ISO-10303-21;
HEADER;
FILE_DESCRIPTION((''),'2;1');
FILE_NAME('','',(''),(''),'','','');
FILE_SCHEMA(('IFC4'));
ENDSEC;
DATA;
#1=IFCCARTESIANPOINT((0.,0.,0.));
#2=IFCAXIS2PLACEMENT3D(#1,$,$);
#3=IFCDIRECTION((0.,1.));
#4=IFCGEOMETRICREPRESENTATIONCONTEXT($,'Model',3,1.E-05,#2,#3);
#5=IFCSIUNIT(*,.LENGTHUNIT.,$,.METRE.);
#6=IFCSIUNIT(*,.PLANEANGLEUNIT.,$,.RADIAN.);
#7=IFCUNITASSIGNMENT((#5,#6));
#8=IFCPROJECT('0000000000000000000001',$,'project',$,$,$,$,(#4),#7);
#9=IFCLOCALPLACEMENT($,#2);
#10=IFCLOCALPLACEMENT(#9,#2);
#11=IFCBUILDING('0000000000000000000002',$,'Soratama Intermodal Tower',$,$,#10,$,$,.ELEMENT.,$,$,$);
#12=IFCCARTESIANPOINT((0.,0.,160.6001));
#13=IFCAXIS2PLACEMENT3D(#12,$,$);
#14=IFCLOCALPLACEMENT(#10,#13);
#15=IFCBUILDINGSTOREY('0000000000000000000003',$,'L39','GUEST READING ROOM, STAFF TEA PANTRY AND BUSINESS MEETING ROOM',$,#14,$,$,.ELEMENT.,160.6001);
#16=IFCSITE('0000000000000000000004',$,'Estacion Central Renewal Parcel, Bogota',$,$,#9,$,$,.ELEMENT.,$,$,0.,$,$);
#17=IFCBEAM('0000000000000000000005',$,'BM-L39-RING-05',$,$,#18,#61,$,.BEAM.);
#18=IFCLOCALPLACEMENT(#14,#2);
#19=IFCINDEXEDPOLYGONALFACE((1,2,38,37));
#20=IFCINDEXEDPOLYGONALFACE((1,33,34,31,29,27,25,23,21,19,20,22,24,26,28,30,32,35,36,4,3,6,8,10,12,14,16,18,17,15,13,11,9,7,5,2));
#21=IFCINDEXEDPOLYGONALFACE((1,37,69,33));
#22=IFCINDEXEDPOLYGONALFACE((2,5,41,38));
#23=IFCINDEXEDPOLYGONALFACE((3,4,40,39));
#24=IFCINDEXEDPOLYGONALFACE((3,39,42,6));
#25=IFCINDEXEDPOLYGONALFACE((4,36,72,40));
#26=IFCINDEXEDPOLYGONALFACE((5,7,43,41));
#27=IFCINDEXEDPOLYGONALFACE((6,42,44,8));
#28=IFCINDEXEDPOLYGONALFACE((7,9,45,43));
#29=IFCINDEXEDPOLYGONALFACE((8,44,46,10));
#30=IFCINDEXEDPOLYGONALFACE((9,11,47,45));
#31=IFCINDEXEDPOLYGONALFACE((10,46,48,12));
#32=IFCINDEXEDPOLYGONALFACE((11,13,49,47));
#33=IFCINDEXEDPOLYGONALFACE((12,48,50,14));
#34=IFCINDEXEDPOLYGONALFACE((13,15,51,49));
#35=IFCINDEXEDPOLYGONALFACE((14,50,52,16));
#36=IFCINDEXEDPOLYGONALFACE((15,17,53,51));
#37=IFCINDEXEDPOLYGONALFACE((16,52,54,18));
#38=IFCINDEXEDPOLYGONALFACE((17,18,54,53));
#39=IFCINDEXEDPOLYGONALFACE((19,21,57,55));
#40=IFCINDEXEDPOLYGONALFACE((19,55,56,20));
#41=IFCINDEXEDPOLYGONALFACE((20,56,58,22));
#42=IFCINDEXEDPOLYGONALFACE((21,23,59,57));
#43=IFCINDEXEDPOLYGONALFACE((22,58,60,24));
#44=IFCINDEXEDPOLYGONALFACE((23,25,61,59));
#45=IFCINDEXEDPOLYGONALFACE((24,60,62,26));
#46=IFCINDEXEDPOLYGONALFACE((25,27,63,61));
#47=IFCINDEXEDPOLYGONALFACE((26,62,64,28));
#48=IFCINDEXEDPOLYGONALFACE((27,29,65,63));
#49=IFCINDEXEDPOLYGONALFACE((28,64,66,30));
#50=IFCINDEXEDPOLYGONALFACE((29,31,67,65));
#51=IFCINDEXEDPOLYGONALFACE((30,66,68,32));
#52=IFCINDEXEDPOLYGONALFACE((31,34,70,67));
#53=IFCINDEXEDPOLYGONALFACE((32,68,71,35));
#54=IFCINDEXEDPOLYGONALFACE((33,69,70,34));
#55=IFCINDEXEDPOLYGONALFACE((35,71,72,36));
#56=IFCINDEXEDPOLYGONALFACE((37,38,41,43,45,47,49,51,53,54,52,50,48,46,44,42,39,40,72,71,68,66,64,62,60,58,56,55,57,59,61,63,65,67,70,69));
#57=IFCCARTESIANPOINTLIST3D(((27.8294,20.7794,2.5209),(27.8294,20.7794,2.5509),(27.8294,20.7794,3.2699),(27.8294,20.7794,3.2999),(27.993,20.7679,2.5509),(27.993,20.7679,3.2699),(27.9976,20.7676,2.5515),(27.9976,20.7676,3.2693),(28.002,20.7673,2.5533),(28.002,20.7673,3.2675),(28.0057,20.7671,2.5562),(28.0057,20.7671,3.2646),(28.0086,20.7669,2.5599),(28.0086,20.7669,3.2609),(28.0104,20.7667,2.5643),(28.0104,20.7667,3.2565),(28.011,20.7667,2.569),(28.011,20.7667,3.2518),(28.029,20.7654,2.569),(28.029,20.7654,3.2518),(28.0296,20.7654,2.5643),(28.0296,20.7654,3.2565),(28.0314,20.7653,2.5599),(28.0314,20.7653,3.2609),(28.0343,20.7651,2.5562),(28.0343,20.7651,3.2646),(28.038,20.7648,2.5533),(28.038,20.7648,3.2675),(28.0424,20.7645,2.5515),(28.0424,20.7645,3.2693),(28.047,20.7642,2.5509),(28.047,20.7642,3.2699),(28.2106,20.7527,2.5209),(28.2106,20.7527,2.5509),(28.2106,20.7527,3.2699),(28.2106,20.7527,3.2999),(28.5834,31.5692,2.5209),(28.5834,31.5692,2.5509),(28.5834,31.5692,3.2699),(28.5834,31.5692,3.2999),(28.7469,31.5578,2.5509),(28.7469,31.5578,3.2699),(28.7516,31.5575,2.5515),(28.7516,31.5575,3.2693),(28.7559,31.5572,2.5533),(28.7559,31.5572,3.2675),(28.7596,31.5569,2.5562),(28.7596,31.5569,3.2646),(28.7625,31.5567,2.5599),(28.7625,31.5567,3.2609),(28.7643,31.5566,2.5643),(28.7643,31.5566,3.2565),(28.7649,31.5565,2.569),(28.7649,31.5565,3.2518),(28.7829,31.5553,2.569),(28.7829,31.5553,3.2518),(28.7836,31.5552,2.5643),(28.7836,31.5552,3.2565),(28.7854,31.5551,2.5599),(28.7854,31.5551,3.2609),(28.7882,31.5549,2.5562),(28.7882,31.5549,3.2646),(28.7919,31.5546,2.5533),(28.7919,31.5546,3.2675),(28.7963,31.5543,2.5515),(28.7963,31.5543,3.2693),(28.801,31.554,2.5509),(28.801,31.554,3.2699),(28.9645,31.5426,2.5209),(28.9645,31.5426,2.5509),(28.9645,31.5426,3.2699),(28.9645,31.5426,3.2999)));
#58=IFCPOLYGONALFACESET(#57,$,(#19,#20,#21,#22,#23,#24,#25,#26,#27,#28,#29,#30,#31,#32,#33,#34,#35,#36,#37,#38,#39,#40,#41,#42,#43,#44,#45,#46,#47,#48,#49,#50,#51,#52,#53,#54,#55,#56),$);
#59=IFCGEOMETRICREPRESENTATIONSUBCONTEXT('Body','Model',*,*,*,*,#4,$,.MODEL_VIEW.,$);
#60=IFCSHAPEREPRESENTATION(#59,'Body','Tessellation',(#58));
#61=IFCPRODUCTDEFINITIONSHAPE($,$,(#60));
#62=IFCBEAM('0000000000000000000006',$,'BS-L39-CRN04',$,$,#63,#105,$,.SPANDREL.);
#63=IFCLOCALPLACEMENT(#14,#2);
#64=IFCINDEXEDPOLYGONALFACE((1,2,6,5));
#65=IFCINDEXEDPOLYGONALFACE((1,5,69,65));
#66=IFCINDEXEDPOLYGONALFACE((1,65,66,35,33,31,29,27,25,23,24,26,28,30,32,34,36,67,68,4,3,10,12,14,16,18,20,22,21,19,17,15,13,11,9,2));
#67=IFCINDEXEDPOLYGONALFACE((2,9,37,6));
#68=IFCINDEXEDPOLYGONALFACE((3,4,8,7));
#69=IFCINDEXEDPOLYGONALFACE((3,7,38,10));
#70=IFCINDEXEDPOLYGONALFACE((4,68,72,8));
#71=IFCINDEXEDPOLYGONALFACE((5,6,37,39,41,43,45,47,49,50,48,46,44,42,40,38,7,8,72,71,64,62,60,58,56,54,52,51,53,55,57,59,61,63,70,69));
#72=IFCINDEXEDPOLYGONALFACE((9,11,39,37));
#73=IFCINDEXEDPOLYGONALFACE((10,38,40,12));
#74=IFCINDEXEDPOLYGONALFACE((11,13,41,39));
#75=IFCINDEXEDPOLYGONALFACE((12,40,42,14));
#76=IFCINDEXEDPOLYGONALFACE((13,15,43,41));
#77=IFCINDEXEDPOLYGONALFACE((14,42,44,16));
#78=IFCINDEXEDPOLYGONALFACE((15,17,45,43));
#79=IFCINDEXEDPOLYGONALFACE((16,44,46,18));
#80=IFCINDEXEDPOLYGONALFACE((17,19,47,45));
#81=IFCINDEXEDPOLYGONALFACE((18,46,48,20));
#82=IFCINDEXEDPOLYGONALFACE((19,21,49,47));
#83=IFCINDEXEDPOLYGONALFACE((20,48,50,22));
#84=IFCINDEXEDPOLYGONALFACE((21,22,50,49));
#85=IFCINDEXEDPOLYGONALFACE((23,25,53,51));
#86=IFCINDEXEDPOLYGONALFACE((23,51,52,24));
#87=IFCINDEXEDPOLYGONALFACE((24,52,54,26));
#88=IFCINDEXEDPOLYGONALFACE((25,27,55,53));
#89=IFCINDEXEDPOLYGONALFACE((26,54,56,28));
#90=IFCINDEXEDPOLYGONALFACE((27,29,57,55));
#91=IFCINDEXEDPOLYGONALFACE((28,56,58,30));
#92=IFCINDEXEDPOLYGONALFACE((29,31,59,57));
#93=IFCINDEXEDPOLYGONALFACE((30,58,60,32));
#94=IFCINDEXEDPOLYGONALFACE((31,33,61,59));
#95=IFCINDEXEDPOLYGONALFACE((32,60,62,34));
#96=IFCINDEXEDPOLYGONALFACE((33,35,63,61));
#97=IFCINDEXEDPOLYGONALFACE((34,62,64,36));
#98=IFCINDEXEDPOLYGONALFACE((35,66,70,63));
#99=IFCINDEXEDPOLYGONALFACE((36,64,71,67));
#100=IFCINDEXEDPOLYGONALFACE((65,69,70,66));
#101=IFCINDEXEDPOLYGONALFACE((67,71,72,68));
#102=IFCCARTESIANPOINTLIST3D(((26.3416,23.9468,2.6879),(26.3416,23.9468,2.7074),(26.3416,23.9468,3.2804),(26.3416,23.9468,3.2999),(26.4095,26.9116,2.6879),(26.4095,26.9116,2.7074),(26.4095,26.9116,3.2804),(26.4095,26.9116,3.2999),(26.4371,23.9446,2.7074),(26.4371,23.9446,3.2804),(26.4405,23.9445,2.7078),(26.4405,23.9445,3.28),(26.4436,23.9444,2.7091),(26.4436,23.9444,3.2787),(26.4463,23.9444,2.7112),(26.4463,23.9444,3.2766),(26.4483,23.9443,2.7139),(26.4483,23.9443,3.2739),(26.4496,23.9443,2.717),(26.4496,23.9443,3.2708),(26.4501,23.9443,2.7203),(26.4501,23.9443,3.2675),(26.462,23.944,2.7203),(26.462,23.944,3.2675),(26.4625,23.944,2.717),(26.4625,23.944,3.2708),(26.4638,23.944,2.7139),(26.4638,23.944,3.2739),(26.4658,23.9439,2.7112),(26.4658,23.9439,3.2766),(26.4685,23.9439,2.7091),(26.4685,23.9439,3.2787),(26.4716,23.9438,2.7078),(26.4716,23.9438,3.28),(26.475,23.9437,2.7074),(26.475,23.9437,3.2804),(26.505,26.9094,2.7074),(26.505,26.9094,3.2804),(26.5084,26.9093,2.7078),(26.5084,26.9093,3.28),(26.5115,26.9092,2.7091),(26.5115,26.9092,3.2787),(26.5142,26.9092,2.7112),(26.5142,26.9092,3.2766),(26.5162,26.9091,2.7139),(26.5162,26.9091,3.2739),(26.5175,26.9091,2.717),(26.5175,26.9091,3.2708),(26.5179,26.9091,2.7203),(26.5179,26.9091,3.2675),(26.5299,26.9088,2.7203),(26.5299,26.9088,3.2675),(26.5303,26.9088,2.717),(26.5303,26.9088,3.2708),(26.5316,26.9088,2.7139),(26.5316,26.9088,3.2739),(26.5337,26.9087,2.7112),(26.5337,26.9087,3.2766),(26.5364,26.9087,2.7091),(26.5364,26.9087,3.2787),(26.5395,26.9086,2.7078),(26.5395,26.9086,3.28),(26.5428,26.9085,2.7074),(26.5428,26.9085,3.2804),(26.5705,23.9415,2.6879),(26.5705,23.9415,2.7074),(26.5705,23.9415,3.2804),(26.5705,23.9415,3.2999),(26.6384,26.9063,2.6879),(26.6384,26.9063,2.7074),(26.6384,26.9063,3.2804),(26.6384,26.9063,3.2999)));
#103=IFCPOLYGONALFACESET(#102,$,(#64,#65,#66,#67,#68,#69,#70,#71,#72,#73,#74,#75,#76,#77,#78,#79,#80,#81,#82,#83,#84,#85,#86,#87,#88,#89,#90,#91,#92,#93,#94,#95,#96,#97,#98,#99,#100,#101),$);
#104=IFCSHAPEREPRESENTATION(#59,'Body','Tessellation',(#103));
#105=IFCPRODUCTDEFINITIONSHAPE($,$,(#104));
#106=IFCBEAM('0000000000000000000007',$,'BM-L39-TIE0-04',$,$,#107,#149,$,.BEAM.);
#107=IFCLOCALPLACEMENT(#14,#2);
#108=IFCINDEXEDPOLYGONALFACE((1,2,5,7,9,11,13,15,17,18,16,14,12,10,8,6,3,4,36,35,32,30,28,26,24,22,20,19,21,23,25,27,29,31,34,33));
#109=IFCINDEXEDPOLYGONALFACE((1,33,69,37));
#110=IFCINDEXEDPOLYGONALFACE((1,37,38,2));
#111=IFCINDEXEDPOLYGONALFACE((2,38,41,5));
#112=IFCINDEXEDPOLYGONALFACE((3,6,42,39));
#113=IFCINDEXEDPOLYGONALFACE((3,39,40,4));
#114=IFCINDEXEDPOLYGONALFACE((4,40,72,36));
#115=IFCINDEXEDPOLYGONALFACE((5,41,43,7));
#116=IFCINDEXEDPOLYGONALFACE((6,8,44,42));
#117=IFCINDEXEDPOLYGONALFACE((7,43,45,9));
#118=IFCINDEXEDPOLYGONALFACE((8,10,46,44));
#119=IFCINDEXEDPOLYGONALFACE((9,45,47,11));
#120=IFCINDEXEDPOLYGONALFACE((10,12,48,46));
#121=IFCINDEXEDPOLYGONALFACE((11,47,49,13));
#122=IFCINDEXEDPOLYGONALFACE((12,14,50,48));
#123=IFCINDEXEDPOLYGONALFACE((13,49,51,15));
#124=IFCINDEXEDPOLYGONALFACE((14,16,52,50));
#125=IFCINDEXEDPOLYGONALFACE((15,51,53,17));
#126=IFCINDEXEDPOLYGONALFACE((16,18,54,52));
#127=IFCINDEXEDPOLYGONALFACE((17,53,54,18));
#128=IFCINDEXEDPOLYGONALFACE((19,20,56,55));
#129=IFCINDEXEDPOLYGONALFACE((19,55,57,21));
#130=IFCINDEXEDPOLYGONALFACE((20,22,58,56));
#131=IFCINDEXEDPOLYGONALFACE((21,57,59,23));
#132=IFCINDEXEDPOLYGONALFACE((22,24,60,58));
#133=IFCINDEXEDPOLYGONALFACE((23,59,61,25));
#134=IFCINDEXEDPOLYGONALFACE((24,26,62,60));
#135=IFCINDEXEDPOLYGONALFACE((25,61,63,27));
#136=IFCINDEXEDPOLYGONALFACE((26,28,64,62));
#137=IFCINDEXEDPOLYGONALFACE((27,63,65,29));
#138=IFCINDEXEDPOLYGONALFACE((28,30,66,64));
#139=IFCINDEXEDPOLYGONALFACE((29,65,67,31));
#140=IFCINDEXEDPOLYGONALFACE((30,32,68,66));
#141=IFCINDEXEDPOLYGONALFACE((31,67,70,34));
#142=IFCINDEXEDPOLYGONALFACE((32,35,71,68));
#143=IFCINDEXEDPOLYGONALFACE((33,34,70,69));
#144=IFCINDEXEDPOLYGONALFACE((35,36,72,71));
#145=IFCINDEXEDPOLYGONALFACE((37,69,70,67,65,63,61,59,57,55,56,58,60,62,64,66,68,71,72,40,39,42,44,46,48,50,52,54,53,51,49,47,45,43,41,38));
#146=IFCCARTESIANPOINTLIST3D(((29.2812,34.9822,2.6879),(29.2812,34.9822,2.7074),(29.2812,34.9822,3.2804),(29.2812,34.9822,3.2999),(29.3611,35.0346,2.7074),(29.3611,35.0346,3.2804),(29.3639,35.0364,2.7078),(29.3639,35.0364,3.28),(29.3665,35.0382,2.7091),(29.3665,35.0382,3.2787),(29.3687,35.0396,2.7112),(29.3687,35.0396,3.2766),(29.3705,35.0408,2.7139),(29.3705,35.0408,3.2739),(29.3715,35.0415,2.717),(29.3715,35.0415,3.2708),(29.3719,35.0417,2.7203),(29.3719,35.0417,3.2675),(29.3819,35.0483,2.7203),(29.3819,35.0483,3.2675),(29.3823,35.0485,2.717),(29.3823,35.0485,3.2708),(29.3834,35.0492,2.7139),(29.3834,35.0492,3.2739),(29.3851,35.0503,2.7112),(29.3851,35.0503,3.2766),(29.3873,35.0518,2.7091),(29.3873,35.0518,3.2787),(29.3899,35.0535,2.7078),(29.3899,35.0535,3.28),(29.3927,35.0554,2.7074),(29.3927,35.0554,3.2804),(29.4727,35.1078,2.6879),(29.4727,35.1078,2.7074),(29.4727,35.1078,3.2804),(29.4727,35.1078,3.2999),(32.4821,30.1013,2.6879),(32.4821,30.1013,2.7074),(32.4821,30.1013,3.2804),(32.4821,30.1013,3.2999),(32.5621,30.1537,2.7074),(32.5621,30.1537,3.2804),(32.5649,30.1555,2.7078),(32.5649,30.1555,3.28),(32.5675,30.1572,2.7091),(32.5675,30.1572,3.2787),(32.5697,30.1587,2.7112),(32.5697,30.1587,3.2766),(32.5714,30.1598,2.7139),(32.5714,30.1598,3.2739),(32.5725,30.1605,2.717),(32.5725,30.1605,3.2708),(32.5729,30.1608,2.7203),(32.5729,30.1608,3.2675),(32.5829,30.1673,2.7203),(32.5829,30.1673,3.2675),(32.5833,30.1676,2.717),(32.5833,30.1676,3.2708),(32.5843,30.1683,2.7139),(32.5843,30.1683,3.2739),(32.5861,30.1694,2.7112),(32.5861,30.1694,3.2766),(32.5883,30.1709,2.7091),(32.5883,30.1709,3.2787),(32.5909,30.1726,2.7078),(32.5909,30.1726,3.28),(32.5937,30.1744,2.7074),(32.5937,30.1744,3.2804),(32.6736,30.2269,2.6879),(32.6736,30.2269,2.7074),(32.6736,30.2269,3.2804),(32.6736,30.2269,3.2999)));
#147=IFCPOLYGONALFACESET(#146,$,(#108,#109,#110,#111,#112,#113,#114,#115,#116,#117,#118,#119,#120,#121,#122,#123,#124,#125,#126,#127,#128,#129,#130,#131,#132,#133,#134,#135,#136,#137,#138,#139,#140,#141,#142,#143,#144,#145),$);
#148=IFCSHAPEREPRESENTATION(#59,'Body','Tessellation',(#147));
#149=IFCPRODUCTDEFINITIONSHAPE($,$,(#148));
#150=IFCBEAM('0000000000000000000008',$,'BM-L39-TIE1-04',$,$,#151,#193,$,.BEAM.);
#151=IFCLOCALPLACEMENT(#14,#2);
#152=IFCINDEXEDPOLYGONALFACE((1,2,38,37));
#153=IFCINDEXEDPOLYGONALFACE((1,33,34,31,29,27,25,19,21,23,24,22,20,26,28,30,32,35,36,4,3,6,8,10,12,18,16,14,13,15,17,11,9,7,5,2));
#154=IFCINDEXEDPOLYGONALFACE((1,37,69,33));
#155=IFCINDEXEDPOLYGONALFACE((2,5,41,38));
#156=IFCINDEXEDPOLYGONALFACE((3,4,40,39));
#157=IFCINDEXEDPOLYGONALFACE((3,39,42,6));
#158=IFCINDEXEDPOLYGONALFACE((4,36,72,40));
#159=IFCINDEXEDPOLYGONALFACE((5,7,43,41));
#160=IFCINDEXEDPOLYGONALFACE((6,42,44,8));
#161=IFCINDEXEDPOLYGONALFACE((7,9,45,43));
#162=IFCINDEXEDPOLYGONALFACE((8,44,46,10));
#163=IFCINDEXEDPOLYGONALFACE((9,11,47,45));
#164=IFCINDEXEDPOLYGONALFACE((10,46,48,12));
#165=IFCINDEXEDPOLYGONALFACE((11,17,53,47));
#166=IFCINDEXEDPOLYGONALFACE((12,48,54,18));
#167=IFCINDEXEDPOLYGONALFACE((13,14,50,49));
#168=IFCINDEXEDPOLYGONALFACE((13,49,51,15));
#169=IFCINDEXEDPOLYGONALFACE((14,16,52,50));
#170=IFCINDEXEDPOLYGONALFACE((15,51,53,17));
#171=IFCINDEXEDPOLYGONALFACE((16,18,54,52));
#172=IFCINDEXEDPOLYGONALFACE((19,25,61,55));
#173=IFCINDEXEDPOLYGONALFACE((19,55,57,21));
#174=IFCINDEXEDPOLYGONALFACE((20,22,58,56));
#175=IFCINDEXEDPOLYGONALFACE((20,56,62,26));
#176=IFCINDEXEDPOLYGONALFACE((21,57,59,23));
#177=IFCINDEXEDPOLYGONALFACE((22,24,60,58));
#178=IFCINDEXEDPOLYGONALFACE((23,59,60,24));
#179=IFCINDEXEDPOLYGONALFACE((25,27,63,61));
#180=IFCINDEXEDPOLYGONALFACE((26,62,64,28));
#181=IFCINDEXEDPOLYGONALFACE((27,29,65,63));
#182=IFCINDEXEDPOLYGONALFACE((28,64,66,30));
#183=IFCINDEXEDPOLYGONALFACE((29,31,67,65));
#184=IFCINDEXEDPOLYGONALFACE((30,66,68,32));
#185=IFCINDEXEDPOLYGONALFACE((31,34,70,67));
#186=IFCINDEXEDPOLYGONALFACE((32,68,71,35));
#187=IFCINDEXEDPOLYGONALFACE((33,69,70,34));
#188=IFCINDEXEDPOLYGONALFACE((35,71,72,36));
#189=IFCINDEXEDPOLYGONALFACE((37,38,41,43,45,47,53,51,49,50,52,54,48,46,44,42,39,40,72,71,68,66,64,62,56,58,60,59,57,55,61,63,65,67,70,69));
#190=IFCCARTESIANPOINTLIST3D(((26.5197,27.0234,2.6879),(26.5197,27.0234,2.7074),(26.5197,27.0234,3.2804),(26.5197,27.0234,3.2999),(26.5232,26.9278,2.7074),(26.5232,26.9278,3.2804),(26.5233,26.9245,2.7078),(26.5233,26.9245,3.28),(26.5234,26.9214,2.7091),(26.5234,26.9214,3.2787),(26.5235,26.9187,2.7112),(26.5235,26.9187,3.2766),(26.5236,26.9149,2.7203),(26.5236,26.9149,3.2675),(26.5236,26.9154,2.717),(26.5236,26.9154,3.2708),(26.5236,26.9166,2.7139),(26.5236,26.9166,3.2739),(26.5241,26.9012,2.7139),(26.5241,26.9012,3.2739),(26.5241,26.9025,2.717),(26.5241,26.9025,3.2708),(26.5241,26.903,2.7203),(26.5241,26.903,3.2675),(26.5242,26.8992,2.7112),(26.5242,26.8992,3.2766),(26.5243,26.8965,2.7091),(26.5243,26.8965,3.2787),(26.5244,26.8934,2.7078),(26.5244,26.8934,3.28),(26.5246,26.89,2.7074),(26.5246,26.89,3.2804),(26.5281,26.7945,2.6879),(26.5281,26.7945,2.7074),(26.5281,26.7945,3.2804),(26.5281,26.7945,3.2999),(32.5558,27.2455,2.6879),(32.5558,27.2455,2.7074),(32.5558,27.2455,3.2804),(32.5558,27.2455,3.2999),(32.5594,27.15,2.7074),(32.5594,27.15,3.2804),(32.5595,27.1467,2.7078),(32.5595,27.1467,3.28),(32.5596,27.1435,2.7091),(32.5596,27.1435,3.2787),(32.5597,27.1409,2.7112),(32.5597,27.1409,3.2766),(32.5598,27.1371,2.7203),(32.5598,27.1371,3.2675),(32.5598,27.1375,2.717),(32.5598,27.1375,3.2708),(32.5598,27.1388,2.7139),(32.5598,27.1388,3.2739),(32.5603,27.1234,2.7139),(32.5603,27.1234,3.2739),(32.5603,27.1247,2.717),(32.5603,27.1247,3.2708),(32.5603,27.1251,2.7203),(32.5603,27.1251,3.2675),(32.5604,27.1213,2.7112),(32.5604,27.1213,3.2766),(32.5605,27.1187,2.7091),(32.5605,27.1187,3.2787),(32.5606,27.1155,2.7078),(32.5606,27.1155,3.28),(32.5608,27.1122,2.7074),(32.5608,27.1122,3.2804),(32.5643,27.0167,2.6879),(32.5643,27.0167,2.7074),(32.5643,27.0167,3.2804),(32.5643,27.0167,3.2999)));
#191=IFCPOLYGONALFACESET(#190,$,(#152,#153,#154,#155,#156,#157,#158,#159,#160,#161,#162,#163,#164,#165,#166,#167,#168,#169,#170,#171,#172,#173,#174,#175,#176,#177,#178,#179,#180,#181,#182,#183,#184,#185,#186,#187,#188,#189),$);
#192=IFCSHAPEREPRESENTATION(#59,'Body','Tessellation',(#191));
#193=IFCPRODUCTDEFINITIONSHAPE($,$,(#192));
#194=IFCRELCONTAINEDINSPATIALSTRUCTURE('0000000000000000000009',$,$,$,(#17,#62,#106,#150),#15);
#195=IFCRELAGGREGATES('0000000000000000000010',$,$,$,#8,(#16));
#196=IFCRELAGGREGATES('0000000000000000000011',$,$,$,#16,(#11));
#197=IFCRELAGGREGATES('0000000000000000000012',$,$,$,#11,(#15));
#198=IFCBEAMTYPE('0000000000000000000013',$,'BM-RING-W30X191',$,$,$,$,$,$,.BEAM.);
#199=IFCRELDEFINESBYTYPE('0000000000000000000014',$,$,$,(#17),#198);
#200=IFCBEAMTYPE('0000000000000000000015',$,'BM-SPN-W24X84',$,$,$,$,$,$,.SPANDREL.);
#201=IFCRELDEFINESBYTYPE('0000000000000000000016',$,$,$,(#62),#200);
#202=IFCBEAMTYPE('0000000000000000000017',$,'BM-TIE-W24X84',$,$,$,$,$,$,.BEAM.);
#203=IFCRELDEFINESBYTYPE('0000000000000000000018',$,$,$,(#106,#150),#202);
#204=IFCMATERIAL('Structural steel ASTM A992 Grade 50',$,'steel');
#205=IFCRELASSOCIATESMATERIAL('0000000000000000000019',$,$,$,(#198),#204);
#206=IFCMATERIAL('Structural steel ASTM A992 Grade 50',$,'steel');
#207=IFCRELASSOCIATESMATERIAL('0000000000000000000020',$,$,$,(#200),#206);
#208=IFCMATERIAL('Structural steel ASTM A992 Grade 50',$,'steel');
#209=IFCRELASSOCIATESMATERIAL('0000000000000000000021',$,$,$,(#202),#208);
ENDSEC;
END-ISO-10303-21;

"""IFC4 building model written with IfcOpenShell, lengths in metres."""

from ifc_helpers import new_model, si_unit, direction, frame, origin, origin_2d, place, context, subcontext, project, spatial, i_section, extrude, material, material_profile, profile_set, type_object, element, save


model = new_model("IFC4")

# Units and contexts
model_context = context("Model", 3, precision=1e-05, world=origin(), true_north=direction((0.0, 1.0)))
body_context = subcontext(model_context, "Body", "Model", "MODEL_VIEW")
ifc_project = project(units=[si_unit("LENGTHUNIT", "METRE"), si_unit("PLANEANGLEUNIT", "RADIAN")], contexts=[model_context])

# Site, building, storey
site_placement = place(None, origin())
site = spatial("IfcSite", under=ifc_project, at=site_placement, Name="Estacion Central Renewal Parcel, Bogota", CompositionType="ELEMENT", RefElevation=0.0)
building_placement = place(site_placement, origin())
building = spatial("IfcBuilding", under=site, at=building_placement, Name="Soratama Intermodal Tower", CompositionType="ELEMENT")
storey_placement = place(building_placement, frame((0.0, 0.0, 160.6001)))
storey = spatial("IfcBuildingStorey", under=building, at=storey_placement, Name="L39", Description="GUEST READING ROOM, STAFF TEA PANTRY AND BUSINESS MEETING ROOM", CompositionType="ELEMENT", Elevation=160.6001)

# Beams
ifc_material_1 = material(Name="Structural steel ASTM A992 Grade 50", Category="steel")
ifc_material_profile_1 = material_profile(ifc_material_1, i_section(OverallWidth=0.3821, OverallDepth=0.7791, WebThickness=0.0181, FlangeThickness=0.03, FilletRadius=0.0181, at=origin_2d()), Name="W30X191")
ifc_profile_set_1 = profile_set([ifc_material_profile_1], Name="Structural steel ASTM A992 Grade 50")
beam_type_1 = type_object("IfcBeamType", Name="BM-RING-W30X191", PredefinedType="BEAM", material=ifc_profile_set_1)
beam_1_placement = place(storey_placement, frame((28.7739, 31.5559, 2.9104), z_axis=(-0.069702, -0.997568, 0.0), x_axis=(0.997568, -0.069702, 0.0)))
element("IfcBeam", 1, at=beam_1_placement, inside=storey, type_object=beam_type_1, Name="BM-L39-RING-05", PredefinedType="BEAM", context=body_context, shape_type="SweptSolid", body=[
    extrude(i_section(OverallWidth=0.3821, OverallDepth=0.7791, WebThickness=0.0181, FlangeThickness=0.03, FilletRadius=0.0181, at=origin_2d()), origin(), (0.0, 0.0, 1.0), 10.8162),
])
ifc_material_2 = material(Name="Structural steel ASTM A992 Grade 50", Category="steel")
ifc_material_profile_2 = material_profile(ifc_material_2, i_section(OverallWidth=0.229, OverallDepth=0.6121, WebThickness=0.012, FlangeThickness=0.0195, FilletRadius=0.0129, at=origin_2d()), Name="W24X84")
ifc_profile_set_2 = profile_set([ifc_material_profile_2], Name="Structural steel ASTM A992 Grade 50")
beam_type_2 = type_object("IfcBeamType", Name="BM-SPN-W24X84", PredefinedType="SPANDREL", material=ifc_profile_set_2)
beam_2_placement = place(storey_placement, frame((26.5239, 26.9089, 2.9939), z_axis=(-0.022886, -0.999738, 0.0), x_axis=(0.999738, -0.022886, 0.0)))
element("IfcBeam", 2, at=beam_2_placement, inside=storey, type_object=beam_type_2, Name="BS-L39-CRN04", PredefinedType="SPANDREL", context=body_context, shape_type="SweptSolid", body=[
    extrude(i_section(OverallWidth=0.229, OverallDepth=0.6121, WebThickness=0.012, FlangeThickness=0.0195, FilletRadius=0.0129, at=origin_2d()), origin(), (0.0, 0.0, 1.0), 2.9656),
])
ifc_material_3 = material(Name="Structural steel ASTM A992 Grade 50", Category="steel")
ifc_material_profile_3 = material_profile(ifc_material_3, i_section(OverallWidth=0.229, OverallDepth=0.6121, WebThickness=0.012, FlangeThickness=0.0195, FilletRadius=0.0129, at=origin_2d()), Name="W24X84")
ifc_profile_set_3 = profile_set([ifc_material_profile_3], Name="Structural steel ASTM A992 Grade 50")
beam_type_3 = type_object("IfcBeamType", Name="BM-TIE-W24X84", PredefinedType="BEAM", material=ifc_profile_set_3)
beam_3_placement = place(storey_placement, frame((32.5779, 30.1641, 2.9939), z_axis=(-0.548401, 0.836216, 0.0), x_axis=(-0.836216, -0.548401, 0.0)))
element("IfcBeam", 3, at=beam_3_placement, inside=storey, type_object=beam_type_3, Name="BM-L39-TIE0-04", PredefinedType="BEAM", context=body_context, shape_type="SweptSolid", body=[
    extrude(i_section(OverallWidth=0.229, OverallDepth=0.6121, WebThickness=0.012, FlangeThickness=0.0195, FilletRadius=0.0129, at=origin_2d()), origin(), (0.0, 0.0, 1.0), 5.8369),
])
beam_4_placement = place(storey_placement, frame((32.5601, 27.1311, 2.9939), z_axis=(-0.999323, -0.036781, 0.0), x_axis=(0.036781, -0.999323, 0.0)))
element("IfcBeam", 4, at=beam_4_placement, inside=storey, type_object=beam_type_3, Name="BM-L39-TIE1-04", PredefinedType="BEAM", context=body_context, shape_type="SweptSolid", body=[
    extrude(i_section(OverallWidth=0.229, OverallDepth=0.6121, WebThickness=0.012, FlangeThickness=0.0195, FilletRadius=0.0129, at=origin_2d()), origin(), (0.0, 0.0, 1.0), 6.0403),
])

save(model, "model.ifc")
